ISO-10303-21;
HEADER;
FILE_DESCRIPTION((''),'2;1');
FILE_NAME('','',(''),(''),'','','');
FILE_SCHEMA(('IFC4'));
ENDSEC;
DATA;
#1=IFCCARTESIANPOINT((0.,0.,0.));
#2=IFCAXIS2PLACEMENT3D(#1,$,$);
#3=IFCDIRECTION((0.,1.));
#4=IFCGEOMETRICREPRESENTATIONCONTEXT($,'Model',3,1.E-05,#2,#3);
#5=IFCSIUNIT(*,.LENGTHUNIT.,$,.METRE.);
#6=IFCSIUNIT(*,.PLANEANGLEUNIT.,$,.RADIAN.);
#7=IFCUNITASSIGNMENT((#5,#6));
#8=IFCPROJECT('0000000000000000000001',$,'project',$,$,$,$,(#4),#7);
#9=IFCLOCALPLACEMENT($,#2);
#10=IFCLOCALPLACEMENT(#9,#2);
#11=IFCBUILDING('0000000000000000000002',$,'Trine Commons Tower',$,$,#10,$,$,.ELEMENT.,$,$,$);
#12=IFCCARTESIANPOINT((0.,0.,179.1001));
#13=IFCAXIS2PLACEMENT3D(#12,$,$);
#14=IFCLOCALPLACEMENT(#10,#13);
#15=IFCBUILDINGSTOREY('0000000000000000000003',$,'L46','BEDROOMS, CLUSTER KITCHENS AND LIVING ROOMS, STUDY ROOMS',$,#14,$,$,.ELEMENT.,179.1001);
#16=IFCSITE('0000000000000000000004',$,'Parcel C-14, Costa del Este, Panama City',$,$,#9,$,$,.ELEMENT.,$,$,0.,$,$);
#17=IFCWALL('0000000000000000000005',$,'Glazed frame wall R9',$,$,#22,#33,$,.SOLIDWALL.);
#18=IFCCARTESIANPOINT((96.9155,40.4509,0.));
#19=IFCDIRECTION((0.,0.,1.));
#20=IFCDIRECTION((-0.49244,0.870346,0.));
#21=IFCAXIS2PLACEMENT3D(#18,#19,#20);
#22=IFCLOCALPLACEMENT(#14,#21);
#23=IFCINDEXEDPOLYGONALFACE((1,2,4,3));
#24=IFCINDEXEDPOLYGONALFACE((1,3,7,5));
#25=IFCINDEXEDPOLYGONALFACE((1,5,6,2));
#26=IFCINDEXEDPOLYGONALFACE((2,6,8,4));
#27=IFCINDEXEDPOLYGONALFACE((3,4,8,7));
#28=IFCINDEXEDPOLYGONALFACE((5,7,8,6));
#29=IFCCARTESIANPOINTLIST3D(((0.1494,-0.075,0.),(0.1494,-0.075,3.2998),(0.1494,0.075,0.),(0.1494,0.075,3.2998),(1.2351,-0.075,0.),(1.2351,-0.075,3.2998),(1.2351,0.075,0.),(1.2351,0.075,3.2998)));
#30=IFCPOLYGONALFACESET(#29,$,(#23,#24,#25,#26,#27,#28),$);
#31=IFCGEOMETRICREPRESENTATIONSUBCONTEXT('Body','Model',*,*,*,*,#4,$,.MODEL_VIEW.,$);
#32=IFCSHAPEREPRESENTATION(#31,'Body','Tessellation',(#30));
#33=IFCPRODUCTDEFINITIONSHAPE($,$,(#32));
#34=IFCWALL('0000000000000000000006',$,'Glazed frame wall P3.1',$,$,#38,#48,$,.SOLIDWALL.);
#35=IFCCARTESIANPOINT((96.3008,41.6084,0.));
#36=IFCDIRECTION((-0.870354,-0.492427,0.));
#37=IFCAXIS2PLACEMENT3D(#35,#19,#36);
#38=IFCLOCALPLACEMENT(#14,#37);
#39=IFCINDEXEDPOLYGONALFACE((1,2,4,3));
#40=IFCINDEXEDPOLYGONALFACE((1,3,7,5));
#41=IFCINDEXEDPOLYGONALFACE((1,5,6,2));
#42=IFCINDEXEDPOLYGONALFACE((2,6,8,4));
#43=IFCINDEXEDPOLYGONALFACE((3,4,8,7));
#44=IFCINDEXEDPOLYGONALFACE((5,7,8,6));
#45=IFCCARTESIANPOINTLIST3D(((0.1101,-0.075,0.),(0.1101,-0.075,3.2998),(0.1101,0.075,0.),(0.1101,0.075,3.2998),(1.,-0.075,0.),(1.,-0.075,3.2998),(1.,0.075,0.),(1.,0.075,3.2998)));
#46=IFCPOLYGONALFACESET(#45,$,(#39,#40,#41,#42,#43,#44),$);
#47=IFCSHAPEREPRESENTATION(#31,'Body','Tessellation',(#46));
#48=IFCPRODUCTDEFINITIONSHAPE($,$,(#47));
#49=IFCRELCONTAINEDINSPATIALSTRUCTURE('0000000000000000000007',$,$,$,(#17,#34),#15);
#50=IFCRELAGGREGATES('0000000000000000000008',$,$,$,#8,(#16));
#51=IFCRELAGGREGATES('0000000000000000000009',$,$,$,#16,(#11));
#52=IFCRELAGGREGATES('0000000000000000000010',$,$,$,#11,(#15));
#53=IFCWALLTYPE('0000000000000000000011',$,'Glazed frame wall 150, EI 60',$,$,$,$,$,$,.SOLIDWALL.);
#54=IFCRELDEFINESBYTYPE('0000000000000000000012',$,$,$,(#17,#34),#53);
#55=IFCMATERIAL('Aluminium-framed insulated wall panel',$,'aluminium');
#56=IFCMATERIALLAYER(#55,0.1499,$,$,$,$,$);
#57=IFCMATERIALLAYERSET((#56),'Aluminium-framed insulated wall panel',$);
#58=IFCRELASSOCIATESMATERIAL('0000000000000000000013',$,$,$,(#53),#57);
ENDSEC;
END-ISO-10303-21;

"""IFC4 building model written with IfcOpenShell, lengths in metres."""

from ifc_helpers import new_model, si_unit, direction, frame, origin, place, context, subcontext, project, spatial, polyline, outline, extrude, material, layer, layer_set, type_object, element, save


model = new_model("IFC4")

# Units and contexts
model_context = context("Model", 3, precision=1e-05, world=origin(), true_north=direction((0.0, 1.0)))
body_context = subcontext(model_context, "Body", "Model", "MODEL_VIEW")
ifc_project = project(units=[si_unit("LENGTHUNIT", "METRE"), si_unit("PLANEANGLEUNIT", "RADIAN")], contexts=[model_context])

# Site, building, storey
site_placement = place(None, origin())
site = spatial("IfcSite", under=ifc_project, at=site_placement, Name="Parcel C-14, Costa del Este, Panama City", CompositionType="ELEMENT", RefElevation=0.0)
building_placement = place(site_placement, origin())
building = spatial("IfcBuilding", under=site, at=building_placement, Name="Trine Commons Tower", CompositionType="ELEMENT")
storey_placement = place(building_placement, frame((0.0, 0.0, 179.1001)))
storey = spatial("IfcBuildingStorey", under=building, at=storey_placement, Name="L46", Description="BEDROOMS, CLUSTER KITCHENS AND LIVING ROOMS, STUDY ROOMS", CompositionType="ELEMENT", Elevation=179.1001)

# Walls
ifc_material_1 = material(Name="Aluminium-framed insulated wall panel", Category="aluminium")
ifc_layer_1 = layer(ifc_material_1, 0.1499)
ifc_layer_set_1 = layer_set([ifc_layer_1], Name="Aluminium-framed insulated wall panel")
wall_type_1 = type_object("IfcWallType", Name="Glazed frame wall 150, EI 60", PredefinedType="SOLIDWALL", material=ifc_layer_set_1)
wall_1_placement = place(storey_placement, frame((96.9155, 40.4509, 0.0), z_axis=(0.0, 0.0, 1.0), x_axis=(-0.49244, 0.870346, 0.0)))
element("IfcWall", 1, at=wall_1_placement, inside=storey, type_object=wall_type_1, Name="Glazed frame wall R9", PredefinedType="SOLIDWALL", context=body_context, shape_type="SweptSolid", body=[
    extrude(outline(polyline([(0.1494, 0.075), (0.1494, -0.075), (1.2351, -0.075), (1.2351, 0.075), (0.1494, 0.075)])), origin(), (0.0, 0.0, 1.0), 3.2998),
])
wall_2_placement = place(storey_placement, frame((96.3008, 41.6084, 0.0), z_axis=(0.0, 0.0, 1.0), x_axis=(-0.870354, -0.492427, 0.0)))
element("IfcWall", 2, at=wall_2_placement, inside=storey, type_object=wall_type_1, Name="Glazed frame wall P3.1", PredefinedType="SOLIDWALL", context=body_context, shape_type="SweptSolid", body=[
    extrude(outline(polyline([(0.1101, -0.075), (1.0, -0.075), (1.0, 0.075), (0.1101, 0.075), (0.1101, -0.075)])), origin(), (0.0, 0.0, 1.0), 3.2998),
])

save(model, "model.ifc")
